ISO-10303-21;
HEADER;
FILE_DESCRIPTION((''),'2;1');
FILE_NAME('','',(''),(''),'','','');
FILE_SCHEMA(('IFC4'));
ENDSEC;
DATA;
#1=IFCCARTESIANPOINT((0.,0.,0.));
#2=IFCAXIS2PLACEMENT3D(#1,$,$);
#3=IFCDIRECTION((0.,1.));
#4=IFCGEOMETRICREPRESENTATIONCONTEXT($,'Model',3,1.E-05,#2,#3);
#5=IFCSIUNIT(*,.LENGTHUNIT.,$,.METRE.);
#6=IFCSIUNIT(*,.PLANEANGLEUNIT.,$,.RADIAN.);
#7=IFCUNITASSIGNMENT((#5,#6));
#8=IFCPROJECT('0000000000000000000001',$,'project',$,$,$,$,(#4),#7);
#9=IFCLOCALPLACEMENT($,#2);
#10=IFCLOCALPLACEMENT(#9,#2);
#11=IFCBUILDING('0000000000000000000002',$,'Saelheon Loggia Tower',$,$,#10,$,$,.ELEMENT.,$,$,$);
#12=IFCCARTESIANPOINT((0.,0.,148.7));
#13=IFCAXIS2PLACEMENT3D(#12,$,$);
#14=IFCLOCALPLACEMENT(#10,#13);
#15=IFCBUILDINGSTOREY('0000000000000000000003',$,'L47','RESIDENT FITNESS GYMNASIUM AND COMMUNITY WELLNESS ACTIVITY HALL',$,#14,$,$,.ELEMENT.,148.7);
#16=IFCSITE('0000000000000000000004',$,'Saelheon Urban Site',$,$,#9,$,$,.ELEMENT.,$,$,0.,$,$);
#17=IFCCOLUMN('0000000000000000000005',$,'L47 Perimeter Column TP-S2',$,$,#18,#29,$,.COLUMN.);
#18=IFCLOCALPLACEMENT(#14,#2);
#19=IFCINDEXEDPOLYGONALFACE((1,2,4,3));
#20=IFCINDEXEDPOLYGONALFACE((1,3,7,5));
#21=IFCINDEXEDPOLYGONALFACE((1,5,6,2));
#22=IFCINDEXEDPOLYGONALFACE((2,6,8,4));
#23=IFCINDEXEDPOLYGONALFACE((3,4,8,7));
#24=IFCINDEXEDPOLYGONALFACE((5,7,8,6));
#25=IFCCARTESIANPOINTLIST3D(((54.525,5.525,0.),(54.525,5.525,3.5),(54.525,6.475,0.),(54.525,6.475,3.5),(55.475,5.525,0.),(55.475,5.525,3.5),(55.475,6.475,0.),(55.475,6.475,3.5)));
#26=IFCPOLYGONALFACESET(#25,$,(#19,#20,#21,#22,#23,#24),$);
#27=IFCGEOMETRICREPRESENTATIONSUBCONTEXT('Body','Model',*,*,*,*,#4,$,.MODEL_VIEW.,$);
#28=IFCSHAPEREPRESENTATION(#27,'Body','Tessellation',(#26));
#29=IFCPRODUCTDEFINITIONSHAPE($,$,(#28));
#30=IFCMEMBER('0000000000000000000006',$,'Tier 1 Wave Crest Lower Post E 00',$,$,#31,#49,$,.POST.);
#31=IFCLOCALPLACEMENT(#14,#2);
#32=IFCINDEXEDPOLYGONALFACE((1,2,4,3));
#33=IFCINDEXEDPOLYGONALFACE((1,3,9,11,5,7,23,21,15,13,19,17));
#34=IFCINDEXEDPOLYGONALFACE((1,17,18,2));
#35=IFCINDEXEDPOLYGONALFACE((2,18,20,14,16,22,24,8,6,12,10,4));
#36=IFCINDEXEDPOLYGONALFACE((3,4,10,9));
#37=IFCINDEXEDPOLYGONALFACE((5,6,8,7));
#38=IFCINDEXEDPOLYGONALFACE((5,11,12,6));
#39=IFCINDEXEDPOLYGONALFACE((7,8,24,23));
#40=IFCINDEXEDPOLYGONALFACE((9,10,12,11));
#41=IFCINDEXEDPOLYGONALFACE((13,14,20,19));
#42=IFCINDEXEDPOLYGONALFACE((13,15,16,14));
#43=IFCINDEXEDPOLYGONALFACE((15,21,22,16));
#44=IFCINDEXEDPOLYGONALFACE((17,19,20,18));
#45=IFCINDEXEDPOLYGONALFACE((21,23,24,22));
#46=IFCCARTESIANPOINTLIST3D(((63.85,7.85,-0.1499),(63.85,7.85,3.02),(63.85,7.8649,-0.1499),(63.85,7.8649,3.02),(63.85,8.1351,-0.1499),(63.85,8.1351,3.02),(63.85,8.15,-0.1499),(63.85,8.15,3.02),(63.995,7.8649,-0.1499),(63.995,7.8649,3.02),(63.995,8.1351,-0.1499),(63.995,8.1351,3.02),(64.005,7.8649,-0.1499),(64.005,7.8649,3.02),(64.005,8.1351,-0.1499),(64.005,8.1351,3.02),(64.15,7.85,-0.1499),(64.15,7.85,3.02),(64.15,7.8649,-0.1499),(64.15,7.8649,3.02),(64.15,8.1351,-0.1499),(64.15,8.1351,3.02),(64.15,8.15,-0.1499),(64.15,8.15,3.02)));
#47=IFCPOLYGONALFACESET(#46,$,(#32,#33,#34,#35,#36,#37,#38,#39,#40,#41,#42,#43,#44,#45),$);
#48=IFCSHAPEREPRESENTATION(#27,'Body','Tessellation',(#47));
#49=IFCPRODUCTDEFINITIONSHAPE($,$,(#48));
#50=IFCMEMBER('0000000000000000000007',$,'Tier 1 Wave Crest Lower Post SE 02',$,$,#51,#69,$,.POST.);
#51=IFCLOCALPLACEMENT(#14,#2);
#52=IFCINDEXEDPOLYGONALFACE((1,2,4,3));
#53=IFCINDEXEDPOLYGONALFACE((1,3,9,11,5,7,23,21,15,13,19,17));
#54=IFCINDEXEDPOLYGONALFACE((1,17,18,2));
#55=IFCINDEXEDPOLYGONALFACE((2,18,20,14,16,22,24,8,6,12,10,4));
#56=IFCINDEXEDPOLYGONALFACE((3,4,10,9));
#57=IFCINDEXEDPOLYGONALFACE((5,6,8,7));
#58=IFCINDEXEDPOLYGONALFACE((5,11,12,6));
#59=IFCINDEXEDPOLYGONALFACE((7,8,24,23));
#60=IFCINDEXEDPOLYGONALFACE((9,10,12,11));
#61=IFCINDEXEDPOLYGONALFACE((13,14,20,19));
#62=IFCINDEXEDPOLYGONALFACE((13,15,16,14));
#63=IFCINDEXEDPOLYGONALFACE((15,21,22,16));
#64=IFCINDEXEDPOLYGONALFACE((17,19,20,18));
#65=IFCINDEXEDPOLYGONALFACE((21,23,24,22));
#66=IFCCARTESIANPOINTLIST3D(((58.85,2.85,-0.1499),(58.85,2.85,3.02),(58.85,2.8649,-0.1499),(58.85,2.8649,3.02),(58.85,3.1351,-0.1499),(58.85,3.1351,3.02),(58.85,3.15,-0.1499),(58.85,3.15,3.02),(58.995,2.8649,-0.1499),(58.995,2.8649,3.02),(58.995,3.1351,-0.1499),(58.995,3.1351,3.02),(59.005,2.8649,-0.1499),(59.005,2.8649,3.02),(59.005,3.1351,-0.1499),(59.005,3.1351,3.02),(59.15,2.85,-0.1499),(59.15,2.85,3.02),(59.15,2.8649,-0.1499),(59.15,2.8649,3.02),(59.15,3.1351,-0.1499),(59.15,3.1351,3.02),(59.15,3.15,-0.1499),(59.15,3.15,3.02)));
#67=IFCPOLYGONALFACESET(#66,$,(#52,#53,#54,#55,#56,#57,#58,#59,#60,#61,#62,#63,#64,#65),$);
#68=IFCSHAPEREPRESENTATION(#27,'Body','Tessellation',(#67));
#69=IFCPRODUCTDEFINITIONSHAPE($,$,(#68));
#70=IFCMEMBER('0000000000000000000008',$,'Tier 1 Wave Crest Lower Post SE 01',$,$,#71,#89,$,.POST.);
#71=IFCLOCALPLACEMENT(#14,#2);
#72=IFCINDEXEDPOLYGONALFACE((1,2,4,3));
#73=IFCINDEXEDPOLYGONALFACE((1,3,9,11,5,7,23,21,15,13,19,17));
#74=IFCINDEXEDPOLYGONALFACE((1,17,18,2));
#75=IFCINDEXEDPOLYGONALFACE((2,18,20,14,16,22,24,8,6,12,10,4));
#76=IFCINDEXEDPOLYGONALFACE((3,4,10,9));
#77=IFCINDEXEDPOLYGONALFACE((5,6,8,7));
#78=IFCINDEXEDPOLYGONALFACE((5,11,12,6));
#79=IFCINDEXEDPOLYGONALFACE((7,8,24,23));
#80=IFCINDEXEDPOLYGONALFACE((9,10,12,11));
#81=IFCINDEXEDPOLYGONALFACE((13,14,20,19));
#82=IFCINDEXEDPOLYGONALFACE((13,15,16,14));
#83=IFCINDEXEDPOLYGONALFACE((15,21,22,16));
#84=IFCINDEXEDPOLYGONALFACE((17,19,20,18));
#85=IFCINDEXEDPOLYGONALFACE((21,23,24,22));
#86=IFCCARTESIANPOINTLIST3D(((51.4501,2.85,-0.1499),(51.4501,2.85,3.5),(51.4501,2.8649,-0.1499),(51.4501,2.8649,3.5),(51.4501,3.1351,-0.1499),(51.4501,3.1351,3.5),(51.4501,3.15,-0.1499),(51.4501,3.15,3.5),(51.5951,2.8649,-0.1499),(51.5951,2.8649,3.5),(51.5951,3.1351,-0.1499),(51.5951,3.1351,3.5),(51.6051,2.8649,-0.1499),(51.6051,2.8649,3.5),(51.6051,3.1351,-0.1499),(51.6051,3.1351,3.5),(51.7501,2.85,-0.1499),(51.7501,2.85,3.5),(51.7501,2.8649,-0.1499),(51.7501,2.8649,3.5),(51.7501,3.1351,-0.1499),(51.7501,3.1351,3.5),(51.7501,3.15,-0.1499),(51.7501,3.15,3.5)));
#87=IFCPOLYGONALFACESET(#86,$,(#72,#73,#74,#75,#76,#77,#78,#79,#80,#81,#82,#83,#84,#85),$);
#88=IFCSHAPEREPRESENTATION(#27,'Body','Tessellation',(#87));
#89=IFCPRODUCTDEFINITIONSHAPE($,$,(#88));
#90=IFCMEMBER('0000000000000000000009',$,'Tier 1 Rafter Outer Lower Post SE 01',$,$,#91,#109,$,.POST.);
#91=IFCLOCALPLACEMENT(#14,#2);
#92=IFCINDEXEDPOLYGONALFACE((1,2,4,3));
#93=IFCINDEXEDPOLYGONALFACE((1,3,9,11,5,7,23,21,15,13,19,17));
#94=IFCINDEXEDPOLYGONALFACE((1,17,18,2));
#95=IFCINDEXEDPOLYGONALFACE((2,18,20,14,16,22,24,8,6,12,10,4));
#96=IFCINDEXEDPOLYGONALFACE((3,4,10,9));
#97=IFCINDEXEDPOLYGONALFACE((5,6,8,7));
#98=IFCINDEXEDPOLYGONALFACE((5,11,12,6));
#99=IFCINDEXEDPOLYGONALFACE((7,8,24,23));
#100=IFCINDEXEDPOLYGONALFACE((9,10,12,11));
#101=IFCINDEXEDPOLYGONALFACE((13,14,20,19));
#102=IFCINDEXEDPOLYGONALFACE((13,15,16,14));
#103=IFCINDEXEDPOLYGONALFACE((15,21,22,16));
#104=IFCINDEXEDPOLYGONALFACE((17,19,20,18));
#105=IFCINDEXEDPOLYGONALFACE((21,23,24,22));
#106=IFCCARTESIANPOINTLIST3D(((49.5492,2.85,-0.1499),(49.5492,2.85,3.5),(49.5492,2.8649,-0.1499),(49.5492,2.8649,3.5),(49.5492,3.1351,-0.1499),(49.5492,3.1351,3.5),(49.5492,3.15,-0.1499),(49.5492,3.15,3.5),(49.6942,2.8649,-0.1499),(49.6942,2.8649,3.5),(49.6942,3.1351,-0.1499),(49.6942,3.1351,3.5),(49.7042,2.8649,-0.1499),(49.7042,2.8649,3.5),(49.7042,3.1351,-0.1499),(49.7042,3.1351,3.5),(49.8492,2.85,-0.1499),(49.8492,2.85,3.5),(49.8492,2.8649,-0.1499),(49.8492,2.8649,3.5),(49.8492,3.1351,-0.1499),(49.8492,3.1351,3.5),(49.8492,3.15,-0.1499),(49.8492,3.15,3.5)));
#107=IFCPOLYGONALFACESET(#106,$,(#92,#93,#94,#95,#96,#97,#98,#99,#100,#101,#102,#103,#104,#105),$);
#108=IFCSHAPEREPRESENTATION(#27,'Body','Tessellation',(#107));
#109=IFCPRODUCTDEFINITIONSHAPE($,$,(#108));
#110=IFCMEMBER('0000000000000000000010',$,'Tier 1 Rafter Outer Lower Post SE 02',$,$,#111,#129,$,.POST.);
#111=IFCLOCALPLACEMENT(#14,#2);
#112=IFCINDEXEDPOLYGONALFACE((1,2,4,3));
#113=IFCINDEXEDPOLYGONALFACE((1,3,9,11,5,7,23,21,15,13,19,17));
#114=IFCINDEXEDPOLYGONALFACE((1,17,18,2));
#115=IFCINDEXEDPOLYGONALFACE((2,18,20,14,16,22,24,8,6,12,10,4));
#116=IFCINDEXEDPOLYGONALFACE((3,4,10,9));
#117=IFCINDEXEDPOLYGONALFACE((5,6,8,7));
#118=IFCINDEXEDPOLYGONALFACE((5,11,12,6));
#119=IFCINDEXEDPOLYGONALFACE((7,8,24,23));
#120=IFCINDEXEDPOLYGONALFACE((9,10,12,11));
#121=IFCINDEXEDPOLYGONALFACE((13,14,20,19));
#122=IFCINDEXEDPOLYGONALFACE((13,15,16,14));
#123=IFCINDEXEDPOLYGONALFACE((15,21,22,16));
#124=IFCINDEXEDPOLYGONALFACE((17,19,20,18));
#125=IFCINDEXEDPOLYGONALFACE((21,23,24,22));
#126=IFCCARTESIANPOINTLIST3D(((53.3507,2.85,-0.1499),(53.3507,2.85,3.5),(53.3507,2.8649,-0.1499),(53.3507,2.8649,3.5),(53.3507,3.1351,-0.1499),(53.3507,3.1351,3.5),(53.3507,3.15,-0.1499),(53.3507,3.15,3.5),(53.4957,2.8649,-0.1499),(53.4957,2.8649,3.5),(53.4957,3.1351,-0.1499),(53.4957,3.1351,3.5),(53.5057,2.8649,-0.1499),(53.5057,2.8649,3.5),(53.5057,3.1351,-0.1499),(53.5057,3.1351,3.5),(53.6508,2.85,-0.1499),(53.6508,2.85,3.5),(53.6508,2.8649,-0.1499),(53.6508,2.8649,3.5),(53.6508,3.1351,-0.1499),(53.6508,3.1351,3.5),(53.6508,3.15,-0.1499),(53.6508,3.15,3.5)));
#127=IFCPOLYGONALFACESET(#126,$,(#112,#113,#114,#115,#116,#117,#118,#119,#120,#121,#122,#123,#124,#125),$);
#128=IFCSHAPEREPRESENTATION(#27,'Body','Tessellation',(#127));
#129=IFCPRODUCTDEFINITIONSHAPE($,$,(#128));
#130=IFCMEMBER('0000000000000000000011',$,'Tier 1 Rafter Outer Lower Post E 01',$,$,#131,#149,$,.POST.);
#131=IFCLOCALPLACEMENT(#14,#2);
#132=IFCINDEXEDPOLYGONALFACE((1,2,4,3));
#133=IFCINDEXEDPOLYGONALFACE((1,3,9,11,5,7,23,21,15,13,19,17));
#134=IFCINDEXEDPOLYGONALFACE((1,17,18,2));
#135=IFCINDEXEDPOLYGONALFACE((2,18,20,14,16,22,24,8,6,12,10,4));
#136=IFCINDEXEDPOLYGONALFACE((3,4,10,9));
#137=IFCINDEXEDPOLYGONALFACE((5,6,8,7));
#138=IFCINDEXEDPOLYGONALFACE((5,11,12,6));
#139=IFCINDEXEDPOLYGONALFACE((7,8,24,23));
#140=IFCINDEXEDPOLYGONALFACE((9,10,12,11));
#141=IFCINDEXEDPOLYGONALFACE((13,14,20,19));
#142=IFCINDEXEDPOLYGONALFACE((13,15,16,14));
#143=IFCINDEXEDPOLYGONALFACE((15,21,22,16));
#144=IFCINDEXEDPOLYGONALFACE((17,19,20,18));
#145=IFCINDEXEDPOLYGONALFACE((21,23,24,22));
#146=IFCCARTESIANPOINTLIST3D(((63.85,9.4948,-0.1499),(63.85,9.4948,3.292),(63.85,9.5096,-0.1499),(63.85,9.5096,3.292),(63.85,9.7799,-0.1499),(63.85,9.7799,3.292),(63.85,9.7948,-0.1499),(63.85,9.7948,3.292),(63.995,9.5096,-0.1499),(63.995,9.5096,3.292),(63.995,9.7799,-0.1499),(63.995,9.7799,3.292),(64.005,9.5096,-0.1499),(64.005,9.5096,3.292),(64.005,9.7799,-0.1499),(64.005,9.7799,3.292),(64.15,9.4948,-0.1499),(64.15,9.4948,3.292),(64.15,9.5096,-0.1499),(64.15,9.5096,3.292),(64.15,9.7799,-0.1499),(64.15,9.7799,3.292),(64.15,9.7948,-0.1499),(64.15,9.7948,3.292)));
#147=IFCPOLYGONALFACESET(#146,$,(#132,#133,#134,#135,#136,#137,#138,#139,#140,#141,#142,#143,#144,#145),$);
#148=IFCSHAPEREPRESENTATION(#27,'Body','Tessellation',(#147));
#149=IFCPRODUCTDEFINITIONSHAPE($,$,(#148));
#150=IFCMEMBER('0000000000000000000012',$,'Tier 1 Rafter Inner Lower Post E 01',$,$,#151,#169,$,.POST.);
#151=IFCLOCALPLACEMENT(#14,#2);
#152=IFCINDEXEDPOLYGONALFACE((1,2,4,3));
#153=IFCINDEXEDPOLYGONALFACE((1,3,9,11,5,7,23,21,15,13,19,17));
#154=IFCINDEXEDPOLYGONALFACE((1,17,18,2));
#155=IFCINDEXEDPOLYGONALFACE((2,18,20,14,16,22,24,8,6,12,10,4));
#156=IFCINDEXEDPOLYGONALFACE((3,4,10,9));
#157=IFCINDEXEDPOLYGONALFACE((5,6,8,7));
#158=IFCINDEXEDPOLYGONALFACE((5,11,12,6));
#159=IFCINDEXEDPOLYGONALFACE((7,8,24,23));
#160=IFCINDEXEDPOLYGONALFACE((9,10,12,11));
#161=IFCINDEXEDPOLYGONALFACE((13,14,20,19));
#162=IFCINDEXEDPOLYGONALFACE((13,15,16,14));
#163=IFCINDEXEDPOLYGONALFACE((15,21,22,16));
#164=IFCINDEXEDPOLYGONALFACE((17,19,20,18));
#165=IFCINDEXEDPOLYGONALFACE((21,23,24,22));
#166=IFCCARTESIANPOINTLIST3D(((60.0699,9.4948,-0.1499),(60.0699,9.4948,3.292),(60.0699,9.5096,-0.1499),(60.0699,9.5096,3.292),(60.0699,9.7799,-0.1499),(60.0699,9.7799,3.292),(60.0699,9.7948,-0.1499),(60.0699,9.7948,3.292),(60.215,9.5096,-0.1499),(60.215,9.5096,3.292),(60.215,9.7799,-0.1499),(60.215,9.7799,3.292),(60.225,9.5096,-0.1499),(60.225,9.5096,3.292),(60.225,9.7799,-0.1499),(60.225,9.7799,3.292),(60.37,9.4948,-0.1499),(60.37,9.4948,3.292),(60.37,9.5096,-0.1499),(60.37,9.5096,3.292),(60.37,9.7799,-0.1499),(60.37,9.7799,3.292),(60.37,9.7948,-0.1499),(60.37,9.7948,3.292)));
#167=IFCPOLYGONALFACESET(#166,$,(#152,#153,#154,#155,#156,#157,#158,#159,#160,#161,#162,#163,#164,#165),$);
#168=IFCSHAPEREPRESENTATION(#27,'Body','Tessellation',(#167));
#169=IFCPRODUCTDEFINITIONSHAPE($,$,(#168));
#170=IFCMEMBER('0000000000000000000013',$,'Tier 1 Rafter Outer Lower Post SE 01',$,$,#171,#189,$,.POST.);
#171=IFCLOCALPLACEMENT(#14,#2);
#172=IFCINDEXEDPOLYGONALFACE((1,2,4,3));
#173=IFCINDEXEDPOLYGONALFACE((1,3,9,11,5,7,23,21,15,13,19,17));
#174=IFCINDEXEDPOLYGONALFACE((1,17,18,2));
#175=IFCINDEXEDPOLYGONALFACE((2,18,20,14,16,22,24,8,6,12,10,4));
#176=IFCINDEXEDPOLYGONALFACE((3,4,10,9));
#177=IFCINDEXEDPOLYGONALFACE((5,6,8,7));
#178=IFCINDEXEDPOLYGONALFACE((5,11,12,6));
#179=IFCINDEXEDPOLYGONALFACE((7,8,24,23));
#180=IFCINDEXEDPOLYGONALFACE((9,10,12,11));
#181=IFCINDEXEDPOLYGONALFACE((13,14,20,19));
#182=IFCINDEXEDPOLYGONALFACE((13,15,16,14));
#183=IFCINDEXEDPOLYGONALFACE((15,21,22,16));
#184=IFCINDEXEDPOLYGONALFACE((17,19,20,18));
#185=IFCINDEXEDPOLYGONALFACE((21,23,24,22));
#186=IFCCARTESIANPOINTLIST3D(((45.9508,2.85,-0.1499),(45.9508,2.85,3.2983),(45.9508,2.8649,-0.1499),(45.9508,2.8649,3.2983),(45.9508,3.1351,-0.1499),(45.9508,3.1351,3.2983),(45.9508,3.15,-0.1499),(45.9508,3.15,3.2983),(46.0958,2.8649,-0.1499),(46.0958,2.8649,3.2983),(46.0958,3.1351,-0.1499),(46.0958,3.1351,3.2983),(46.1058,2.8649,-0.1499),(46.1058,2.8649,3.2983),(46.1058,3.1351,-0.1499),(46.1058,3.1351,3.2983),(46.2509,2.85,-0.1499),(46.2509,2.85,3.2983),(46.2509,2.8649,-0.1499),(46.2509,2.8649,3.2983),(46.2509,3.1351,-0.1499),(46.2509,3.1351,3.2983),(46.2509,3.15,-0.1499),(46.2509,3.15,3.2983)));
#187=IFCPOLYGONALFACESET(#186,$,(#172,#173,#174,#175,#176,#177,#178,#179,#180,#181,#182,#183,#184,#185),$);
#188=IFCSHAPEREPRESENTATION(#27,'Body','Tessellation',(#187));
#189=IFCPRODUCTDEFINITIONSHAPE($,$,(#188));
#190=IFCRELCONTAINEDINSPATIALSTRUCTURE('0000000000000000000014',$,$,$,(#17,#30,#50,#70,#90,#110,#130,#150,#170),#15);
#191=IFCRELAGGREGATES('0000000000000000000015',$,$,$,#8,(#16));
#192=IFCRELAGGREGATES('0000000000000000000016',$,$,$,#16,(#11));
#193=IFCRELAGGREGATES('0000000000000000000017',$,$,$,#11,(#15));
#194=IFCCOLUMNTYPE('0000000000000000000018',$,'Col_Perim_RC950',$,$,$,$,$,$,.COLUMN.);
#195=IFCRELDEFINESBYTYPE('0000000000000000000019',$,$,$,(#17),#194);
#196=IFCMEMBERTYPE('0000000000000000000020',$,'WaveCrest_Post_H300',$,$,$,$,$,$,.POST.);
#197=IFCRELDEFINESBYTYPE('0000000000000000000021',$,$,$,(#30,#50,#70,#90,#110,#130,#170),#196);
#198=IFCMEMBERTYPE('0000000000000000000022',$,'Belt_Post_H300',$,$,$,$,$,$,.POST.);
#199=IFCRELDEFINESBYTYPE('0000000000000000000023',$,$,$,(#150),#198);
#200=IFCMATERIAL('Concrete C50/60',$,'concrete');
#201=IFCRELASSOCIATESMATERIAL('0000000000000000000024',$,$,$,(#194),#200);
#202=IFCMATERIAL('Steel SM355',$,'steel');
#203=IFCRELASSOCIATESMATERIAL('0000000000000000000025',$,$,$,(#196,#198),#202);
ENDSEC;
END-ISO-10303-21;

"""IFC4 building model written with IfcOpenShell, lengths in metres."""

from ifc_helpers import new_model, si_unit, direction, frame, origin, origin_2d, place, context, subcontext, project, spatial, rectangle, i_section, extrude, source, transform, mapped, material, material_profile, profile_set, type_object, element, save


model = new_model("IFC4")

# Units and contexts
model_context = context("Model", 3, precision=1e-05, world=origin(), true_north=direction((0.0, 1.0)))
body_context = subcontext(model_context, "Body", "Model", "MODEL_VIEW")
ifc_project = project(units=[si_unit("LENGTHUNIT", "METRE"), si_unit("PLANEANGLEUNIT", "RADIAN")], contexts=[model_context])

# Site, building, storey
site_placement = place(None, origin())
site = spatial("IfcSite", under=ifc_project, at=site_placement, Name="Saelheon Urban Site", CompositionType="ELEMENT", RefElevation=0.0)
building_placement = place(site_placement, origin())
building = spatial("IfcBuilding", under=site, at=building_placement, Name="Saelheon Loggia Tower", CompositionType="ELEMENT")
storey_placement = place(building_placement, frame((0.0, 0.0, 148.7)))
storey = spatial("IfcBuildingStorey", under=building, at=storey_placement, Name="L47", Description="RESIDENT FITNESS GYMNASIUM AND COMMUNITY WELLNESS ACTIVITY HALL", CompositionType="ELEMENT", Elevation=148.7)

# Column
ifc_material_1 = material(Name="Concrete C50/60", Category="concrete")
ifc_material_profile_1 = material_profile(ifc_material_1, rectangle(XDim=0.95, YDim=0.95, at=origin_2d()), Name="RC-950x950")
ifc_profile_set_1 = profile_set([ifc_material_profile_1], Name="Concrete C50/60")
column_type = type_object("IfcColumnType", Name="Col_Perim_RC950", PredefinedType="COLUMN", material=ifc_profile_set_1)
shared_shape_1 = source(origin(), body_context, "Body", "SweptSolid", [
    extrude(rectangle(XDim=0.95, YDim=0.95, at=origin_2d()), origin(), (0.0, 0.0, 1.0), 3.5),
])
column_placement = place(storey_placement, frame((55.0, 6.0, 0.0), z_axis=(0.0, 0.0, 1.0), x_axis=(1.0, 0.0, 0.0)))
element("IfcColumn", 1, at=column_placement, inside=storey, type_object=column_type, Name="L47 Perimeter Column TP-S2", PredefinedType="COLUMN", context=body_context, shape_type="MappedRepresentation", body=[
    mapped(shared_shape_1, transform((0.0, 0.0, 0.0), scale=1.0)),
])

# Members
ifc_material_2 = material(Name="Steel SM355", Category="steel")
ifc_material_profile_2 = material_profile(ifc_material_2, i_section(OverallWidth=0.3, OverallDepth=0.3, WebThickness=0.01, FlangeThickness=0.0149, at=origin_2d()), Name="H-300x300x10x15")
ifc_profile_set_2 = profile_set([ifc_material_profile_2], Name="Steel SM355")
member_type_1 = type_object("IfcMemberType", Name="WaveCrest_Post_H300", PredefinedType="POST", material=ifc_profile_set_2)
shared_shape_2 = source(origin(), body_context, "Body", "SweptSolid", [
    extrude(i_section(OverallWidth=0.3, OverallDepth=0.3, WebThickness=0.01, FlangeThickness=0.0149, at=origin_2d()), origin(), (0.0, 0.0, 1.0), 3.1699),
])
for number, where, z_axis, x_axis, name in (
    (2, (64.0, 8.0, -0.1499), (0.0, 0.0, 1.0), (1.0, 0.0, 0.0), "Tier 1 Wave Crest Lower Post E 00"),
    (3, (59.0, 3.0, -0.1499), (0.0, 0.0, 1.0), (1.0, 0.0, 0.0), "Tier 1 Wave Crest Lower Post SE 02"),
):
    element("IfcMember", number, at=place(storey_placement, frame(where, z_axis=z_axis, x_axis=x_axis)), inside=storey, type_object=member_type_1, Name=name, PredefinedType="POST", context=body_context, shape_type="MappedRepresentation", body=[
        mapped(shared_shape_2, transform((0.0, 0.0, 0.0), scale=1.0)),
    ])
shared_shape_3 = source(origin(), body_context, "Body", "SweptSolid", [
    extrude(i_section(OverallWidth=0.3, OverallDepth=0.3, WebThickness=0.01, FlangeThickness=0.0149, at=origin_2d()), origin(), (0.0, 0.0, 1.0), 3.6499),
])
for number, where, z_axis, x_axis, name in (
    (4, (51.6001, 3.0, -0.1499), (0.0, 0.0, 1.0), (1.0, 0.0, 0.0), "Tier 1 Wave Crest Lower Post SE 01"),
    (5, (49.6992, 3.0, -0.1499), (0.0, 0.0, 1.0), (1.0, 0.0, 0.0), "Tier 1 Rafter Outer Lower Post SE 01"),
    (6, (53.5007, 3.0, -0.1499), (0.0, 0.0, 1.0), (1.0, 0.0, 0.0), "Tier 1 Rafter Outer Lower Post SE 02"),
):
    element("IfcMember", number, at=place(storey_placement, frame(where, z_axis=z_axis, x_axis=x_axis)), inside=storey, type_object=member_type_1, Name=name, PredefinedType="POST", context=body_context, shape_type="MappedRepresentation", body=[
        mapped(shared_shape_3, transform((0.0, 0.0, 0.0), scale=1.0)),
    ])
shared_shape_4 = source(origin(), body_context, "Body", "SweptSolid", [
    extrude(i_section(OverallWidth=0.3, OverallDepth=0.3, WebThickness=0.01, FlangeThickness=0.0149, at=origin_2d()), origin(), (0.0, 0.0, 1.0), 3.4419),
])
member_1_placement = place(storey_placement, frame((64.0, 9.6448, -0.1499), z_axis=(0.0, 0.0, 1.0), x_axis=(1.0, 0.0, 0.0)))
element("IfcMember", 7, at=member_1_placement, inside=storey, type_object=member_type_1, Name="Tier 1 Rafter Outer Lower Post E 01", PredefinedType="POST", context=body_context, shape_type="MappedRepresentation", body=[
    mapped(shared_shape_4, transform((0.0, 0.0, 0.0), scale=1.0)),
])
ifc_material_profile_3 = material_profile(ifc_material_2, i_section(OverallWidth=0.3, OverallDepth=0.3, WebThickness=0.01, FlangeThickness=0.0149, at=origin_2d()), Name="H-300x300x10x15")
ifc_profile_set_3 = profile_set([ifc_material_profile_3], Name="Steel SM355")
member_type_2 = type_object("IfcMemberType", Name="Belt_Post_H300", PredefinedType="POST", material=ifc_profile_set_3)
member_2_placement = place(storey_placement, frame((60.22, 9.6448, -0.1499), z_axis=(0.0, 0.0, 1.0), x_axis=(1.0, 0.0, 0.0)))
element("IfcMember", 8, at=member_2_placement, inside=storey, type_object=member_type_2, Name="Tier 1 Rafter Inner Lower Post E 01", PredefinedType="POST", context=body_context, shape_type="MappedRepresentation", body=[
    mapped(shared_shape_4, transform((0.0, 0.0, 0.0), scale=1.0)),
])
shared_shape_5 = source(origin(), body_context, "Body", "SweptSolid", [
    extrude(i_section(OverallWidth=0.3, OverallDepth=0.3, WebThickness=0.01, FlangeThickness=0.0149, at=origin_2d()), origin(), (0.0, 0.0, 1.0), 3.4482),
])
for number, where, z_axis, x_axis, name in (
    (9, (46.1008, 3.0, -0.1499), (0.0, 0.0, 1.0), (1.0, 0.0, 0.0), "Tier 1 Rafter Outer Lower Post SE 01"),
):
    element("IfcMember", number, at=place(storey_placement, frame(where, z_axis=z_axis, x_axis=x_axis)), inside=storey, type_object=member_type_1, Name=name, PredefinedType="POST", context=body_context, shape_type="MappedRepresentation", body=[
        mapped(shared_shape_5, transform((0.0, 0.0, 0.0), scale=1.0)),
    ])

save(model, "model.ifc")
